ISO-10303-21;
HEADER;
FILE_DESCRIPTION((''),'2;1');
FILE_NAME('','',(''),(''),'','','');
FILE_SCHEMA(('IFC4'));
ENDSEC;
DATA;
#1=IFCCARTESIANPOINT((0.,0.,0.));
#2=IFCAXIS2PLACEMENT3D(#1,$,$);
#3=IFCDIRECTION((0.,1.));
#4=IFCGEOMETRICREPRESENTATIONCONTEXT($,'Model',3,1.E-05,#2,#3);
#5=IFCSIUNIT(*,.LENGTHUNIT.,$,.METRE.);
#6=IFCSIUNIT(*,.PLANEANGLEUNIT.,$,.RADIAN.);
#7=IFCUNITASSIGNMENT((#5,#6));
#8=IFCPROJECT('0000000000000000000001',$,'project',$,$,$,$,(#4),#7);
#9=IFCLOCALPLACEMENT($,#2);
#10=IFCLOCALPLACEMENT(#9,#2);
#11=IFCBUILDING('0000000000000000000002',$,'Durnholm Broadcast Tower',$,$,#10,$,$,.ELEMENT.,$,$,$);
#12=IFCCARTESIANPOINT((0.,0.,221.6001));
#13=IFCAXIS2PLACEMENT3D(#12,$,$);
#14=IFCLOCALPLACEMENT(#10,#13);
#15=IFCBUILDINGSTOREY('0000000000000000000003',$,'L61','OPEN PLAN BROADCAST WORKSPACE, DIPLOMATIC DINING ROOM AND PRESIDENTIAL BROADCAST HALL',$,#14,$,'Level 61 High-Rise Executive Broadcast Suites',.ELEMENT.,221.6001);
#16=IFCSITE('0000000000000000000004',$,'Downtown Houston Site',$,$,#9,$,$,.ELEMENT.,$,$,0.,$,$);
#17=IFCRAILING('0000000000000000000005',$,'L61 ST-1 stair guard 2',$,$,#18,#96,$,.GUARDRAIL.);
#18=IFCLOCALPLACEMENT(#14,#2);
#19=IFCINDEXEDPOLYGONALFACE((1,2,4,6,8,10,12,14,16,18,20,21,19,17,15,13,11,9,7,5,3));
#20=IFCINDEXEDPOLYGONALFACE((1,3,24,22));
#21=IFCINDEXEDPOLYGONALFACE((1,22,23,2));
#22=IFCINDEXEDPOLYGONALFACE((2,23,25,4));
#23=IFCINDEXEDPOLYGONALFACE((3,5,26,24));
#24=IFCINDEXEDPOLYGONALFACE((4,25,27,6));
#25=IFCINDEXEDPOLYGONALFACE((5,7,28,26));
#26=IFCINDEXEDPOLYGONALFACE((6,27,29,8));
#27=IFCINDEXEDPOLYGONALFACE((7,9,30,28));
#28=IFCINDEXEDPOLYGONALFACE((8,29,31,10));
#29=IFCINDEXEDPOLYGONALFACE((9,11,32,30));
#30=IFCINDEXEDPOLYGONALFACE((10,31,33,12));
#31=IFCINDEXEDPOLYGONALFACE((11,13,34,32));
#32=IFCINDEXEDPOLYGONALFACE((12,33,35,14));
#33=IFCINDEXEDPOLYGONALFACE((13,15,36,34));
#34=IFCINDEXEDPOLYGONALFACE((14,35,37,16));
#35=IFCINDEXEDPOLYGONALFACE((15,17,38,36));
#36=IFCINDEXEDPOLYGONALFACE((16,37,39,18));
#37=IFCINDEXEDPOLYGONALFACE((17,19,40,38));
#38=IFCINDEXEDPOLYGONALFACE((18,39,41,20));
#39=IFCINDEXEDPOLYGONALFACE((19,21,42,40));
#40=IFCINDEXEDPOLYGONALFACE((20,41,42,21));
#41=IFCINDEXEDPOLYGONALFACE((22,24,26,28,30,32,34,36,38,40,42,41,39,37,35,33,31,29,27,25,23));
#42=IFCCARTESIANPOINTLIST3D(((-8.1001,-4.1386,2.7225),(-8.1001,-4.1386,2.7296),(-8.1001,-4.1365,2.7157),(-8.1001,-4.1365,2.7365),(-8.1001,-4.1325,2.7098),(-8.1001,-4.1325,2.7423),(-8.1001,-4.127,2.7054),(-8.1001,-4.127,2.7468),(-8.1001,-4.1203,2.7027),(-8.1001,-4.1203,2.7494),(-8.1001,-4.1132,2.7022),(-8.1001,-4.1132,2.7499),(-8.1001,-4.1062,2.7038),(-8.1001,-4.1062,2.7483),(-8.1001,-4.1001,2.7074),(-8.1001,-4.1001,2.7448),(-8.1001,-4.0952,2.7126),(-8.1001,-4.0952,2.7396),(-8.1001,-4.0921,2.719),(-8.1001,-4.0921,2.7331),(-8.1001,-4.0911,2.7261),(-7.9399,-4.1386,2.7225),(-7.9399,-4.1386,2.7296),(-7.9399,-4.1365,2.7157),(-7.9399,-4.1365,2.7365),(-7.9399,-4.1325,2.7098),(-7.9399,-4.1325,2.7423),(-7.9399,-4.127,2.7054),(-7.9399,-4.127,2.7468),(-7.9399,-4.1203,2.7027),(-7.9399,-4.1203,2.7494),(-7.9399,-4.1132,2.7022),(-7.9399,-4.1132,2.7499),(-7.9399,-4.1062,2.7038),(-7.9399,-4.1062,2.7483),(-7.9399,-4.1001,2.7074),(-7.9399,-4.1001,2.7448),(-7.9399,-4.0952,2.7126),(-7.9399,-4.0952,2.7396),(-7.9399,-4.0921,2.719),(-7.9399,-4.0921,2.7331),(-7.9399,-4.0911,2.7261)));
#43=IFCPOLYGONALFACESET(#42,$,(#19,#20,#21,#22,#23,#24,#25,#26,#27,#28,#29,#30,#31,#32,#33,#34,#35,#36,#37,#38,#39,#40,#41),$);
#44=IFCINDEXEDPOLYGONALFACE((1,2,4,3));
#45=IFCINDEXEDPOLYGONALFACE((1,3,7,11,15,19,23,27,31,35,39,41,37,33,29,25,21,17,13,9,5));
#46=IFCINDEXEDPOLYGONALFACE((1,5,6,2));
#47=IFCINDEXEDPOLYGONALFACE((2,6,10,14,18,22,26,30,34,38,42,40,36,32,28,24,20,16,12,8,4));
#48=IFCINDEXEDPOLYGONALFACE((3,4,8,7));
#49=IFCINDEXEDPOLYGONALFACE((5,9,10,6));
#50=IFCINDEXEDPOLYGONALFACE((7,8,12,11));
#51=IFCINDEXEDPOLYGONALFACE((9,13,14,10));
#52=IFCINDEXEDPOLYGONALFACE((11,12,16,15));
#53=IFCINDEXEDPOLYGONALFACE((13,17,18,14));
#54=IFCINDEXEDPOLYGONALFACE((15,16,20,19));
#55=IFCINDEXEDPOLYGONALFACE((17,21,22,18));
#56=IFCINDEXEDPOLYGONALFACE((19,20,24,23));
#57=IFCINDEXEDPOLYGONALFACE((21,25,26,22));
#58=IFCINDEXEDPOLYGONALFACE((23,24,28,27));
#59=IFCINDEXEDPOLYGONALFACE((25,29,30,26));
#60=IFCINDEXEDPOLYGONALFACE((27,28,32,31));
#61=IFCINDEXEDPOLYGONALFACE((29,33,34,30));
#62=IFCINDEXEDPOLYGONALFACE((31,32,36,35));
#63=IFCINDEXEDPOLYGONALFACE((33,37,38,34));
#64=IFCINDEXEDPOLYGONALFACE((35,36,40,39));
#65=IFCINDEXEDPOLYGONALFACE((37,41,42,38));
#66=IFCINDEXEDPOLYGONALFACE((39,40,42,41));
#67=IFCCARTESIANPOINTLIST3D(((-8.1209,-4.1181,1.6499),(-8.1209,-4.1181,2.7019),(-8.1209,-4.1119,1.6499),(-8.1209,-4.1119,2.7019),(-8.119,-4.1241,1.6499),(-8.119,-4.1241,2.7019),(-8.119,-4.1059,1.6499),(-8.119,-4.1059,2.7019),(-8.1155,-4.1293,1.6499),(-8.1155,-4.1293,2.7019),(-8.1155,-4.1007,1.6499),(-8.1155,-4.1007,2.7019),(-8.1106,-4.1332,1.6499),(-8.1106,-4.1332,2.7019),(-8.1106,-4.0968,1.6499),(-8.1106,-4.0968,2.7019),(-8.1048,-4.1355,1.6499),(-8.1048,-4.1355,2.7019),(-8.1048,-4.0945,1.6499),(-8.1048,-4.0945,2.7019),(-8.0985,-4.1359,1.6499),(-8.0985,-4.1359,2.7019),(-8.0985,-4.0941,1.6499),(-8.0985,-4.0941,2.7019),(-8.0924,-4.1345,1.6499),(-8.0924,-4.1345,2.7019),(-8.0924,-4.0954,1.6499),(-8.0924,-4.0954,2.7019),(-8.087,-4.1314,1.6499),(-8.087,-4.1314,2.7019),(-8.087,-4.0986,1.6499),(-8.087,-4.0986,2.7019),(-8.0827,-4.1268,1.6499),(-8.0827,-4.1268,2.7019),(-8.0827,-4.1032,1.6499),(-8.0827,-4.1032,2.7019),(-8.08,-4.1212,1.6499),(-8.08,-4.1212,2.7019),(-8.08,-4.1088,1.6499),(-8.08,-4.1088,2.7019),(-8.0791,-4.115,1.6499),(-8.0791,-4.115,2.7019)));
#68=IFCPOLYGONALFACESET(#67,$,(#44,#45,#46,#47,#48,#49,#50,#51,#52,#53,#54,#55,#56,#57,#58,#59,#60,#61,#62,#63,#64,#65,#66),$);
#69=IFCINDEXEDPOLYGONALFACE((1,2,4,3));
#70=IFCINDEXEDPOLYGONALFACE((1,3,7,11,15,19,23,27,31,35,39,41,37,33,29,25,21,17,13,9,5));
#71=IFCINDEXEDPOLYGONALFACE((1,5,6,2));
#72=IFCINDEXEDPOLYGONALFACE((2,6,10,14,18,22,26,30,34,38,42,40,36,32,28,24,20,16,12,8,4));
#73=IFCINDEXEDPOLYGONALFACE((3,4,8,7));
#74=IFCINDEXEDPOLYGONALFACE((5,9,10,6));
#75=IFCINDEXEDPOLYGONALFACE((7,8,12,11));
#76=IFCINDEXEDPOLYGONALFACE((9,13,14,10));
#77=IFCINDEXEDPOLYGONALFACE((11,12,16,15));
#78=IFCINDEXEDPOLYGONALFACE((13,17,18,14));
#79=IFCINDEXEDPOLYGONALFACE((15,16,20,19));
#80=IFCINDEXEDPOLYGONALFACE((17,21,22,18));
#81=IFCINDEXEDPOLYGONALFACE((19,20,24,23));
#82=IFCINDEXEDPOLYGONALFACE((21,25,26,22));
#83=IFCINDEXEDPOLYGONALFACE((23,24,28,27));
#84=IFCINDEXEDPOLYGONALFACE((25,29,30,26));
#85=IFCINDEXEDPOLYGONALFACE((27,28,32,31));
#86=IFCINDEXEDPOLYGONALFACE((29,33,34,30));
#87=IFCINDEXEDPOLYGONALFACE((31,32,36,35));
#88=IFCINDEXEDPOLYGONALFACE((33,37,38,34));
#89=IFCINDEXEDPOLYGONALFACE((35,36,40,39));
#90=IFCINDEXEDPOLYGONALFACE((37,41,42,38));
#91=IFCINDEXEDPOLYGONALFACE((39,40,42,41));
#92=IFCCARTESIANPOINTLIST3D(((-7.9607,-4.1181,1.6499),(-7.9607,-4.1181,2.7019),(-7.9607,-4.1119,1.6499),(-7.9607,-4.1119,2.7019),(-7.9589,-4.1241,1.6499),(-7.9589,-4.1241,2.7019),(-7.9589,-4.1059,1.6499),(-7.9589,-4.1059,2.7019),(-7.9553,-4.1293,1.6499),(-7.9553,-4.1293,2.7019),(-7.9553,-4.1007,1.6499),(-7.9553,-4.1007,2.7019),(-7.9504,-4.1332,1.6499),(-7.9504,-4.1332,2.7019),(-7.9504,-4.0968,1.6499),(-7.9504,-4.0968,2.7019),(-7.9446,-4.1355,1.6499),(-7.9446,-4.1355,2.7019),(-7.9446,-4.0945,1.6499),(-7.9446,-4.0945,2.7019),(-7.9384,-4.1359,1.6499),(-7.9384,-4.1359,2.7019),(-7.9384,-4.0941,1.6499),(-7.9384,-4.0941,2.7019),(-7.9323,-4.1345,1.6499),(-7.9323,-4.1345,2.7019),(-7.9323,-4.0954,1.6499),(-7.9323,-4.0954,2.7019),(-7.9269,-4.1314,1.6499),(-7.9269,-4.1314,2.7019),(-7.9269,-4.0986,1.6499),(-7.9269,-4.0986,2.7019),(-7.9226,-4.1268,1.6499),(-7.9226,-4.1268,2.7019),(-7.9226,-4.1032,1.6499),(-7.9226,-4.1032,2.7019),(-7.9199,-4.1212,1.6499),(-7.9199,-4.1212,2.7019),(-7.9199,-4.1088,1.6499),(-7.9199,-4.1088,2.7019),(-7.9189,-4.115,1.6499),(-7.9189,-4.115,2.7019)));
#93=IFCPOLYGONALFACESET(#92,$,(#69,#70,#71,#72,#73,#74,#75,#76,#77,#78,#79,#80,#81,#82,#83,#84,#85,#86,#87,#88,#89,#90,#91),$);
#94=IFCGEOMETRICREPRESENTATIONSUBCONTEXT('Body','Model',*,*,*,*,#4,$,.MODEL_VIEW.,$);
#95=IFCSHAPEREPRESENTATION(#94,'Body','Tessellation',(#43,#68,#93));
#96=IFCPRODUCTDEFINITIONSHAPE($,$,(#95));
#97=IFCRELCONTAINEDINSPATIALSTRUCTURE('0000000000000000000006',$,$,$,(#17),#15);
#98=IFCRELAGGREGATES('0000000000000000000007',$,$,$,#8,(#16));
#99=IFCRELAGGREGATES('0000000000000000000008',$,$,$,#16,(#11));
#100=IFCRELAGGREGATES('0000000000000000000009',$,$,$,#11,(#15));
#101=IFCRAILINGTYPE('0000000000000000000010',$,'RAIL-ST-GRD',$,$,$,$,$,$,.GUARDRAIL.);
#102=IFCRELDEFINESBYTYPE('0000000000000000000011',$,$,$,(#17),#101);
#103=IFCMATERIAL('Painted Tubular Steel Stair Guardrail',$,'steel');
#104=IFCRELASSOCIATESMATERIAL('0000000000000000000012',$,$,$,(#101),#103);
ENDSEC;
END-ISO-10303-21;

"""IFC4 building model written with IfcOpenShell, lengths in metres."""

from ifc_helpers import new_model, si_unit, direction, frame, origin, origin_2d, place, context, subcontext, project, spatial, circle, extrude, material, type_object, element, save


model = new_model("IFC4")

# Units and contexts
model_context = context("Model", 3, precision=1e-05, world=origin(), true_north=direction((0.0, 1.0)))
body_context = subcontext(model_context, "Body", "Model", "MODEL_VIEW")
ifc_project = project(units=[si_unit("LENGTHUNIT", "METRE"), si_unit("PLANEANGLEUNIT", "RADIAN")], contexts=[model_context])

# Site, building, storey
site_placement = place(None, origin())
site = spatial("IfcSite", under=ifc_project, at=site_placement, Name="Downtown Houston Site", CompositionType="ELEMENT", RefElevation=0.0)
building_placement = place(site_placement, origin())
building = spatial("IfcBuilding", under=site, at=building_placement, Name="Durnholm Broadcast Tower", CompositionType="ELEMENT")
storey_placement = place(building_placement, frame((0.0, 0.0, 221.6001)))
storey = spatial("IfcBuildingStorey", under=building, at=storey_placement, Name="L61", Description="OPEN PLAN BROADCAST WORKSPACE, DIPLOMATIC DINING ROOM AND PRESIDENTIAL BROADCAST HALL", LongName="Level 61 High-Rise Executive Broadcast Suites", CompositionType="ELEMENT", Elevation=221.6001)

# Railing
ifc_material_1 = material(Name="Painted Tubular Steel Stair Guardrail", Category="steel")
railing_type_1 = type_object("IfcRailingType", Name="RAIL-ST-GRD", PredefinedType="GUARDRAIL", material=ifc_material_1)
railing_1_placement = place(storey_placement, frame((-8.1001, -4.115, 1.6499)))
element("IfcRailing", 1, at=railing_1_placement, inside=storey, type_object=railing_type_1, Name="L61 ST-1 stair guard 2", PredefinedType="GUARDRAIL", context=body_context, shape_type="SweptSolid", body=[
    extrude(circle(Radius=0.0239, at=origin_2d()), frame((0.0, 0.0, 1.0762), z_axis=(1.0, 0.0, 0.0), x_axis=(0.0, 1.0, 0.0)), (0.0, 0.0, 1.0), 0.1602),
    extrude(circle(Radius=0.021, at=origin_2d()), origin(), (0.0, 0.0, 1.0), 1.052),
    extrude(circle(Radius=0.021, at=origin_2d()), frame((0.1602, 0.0, 0.0)), (0.0, 0.0, 1.0), 1.052),
])

save(model, "model.ifc")
